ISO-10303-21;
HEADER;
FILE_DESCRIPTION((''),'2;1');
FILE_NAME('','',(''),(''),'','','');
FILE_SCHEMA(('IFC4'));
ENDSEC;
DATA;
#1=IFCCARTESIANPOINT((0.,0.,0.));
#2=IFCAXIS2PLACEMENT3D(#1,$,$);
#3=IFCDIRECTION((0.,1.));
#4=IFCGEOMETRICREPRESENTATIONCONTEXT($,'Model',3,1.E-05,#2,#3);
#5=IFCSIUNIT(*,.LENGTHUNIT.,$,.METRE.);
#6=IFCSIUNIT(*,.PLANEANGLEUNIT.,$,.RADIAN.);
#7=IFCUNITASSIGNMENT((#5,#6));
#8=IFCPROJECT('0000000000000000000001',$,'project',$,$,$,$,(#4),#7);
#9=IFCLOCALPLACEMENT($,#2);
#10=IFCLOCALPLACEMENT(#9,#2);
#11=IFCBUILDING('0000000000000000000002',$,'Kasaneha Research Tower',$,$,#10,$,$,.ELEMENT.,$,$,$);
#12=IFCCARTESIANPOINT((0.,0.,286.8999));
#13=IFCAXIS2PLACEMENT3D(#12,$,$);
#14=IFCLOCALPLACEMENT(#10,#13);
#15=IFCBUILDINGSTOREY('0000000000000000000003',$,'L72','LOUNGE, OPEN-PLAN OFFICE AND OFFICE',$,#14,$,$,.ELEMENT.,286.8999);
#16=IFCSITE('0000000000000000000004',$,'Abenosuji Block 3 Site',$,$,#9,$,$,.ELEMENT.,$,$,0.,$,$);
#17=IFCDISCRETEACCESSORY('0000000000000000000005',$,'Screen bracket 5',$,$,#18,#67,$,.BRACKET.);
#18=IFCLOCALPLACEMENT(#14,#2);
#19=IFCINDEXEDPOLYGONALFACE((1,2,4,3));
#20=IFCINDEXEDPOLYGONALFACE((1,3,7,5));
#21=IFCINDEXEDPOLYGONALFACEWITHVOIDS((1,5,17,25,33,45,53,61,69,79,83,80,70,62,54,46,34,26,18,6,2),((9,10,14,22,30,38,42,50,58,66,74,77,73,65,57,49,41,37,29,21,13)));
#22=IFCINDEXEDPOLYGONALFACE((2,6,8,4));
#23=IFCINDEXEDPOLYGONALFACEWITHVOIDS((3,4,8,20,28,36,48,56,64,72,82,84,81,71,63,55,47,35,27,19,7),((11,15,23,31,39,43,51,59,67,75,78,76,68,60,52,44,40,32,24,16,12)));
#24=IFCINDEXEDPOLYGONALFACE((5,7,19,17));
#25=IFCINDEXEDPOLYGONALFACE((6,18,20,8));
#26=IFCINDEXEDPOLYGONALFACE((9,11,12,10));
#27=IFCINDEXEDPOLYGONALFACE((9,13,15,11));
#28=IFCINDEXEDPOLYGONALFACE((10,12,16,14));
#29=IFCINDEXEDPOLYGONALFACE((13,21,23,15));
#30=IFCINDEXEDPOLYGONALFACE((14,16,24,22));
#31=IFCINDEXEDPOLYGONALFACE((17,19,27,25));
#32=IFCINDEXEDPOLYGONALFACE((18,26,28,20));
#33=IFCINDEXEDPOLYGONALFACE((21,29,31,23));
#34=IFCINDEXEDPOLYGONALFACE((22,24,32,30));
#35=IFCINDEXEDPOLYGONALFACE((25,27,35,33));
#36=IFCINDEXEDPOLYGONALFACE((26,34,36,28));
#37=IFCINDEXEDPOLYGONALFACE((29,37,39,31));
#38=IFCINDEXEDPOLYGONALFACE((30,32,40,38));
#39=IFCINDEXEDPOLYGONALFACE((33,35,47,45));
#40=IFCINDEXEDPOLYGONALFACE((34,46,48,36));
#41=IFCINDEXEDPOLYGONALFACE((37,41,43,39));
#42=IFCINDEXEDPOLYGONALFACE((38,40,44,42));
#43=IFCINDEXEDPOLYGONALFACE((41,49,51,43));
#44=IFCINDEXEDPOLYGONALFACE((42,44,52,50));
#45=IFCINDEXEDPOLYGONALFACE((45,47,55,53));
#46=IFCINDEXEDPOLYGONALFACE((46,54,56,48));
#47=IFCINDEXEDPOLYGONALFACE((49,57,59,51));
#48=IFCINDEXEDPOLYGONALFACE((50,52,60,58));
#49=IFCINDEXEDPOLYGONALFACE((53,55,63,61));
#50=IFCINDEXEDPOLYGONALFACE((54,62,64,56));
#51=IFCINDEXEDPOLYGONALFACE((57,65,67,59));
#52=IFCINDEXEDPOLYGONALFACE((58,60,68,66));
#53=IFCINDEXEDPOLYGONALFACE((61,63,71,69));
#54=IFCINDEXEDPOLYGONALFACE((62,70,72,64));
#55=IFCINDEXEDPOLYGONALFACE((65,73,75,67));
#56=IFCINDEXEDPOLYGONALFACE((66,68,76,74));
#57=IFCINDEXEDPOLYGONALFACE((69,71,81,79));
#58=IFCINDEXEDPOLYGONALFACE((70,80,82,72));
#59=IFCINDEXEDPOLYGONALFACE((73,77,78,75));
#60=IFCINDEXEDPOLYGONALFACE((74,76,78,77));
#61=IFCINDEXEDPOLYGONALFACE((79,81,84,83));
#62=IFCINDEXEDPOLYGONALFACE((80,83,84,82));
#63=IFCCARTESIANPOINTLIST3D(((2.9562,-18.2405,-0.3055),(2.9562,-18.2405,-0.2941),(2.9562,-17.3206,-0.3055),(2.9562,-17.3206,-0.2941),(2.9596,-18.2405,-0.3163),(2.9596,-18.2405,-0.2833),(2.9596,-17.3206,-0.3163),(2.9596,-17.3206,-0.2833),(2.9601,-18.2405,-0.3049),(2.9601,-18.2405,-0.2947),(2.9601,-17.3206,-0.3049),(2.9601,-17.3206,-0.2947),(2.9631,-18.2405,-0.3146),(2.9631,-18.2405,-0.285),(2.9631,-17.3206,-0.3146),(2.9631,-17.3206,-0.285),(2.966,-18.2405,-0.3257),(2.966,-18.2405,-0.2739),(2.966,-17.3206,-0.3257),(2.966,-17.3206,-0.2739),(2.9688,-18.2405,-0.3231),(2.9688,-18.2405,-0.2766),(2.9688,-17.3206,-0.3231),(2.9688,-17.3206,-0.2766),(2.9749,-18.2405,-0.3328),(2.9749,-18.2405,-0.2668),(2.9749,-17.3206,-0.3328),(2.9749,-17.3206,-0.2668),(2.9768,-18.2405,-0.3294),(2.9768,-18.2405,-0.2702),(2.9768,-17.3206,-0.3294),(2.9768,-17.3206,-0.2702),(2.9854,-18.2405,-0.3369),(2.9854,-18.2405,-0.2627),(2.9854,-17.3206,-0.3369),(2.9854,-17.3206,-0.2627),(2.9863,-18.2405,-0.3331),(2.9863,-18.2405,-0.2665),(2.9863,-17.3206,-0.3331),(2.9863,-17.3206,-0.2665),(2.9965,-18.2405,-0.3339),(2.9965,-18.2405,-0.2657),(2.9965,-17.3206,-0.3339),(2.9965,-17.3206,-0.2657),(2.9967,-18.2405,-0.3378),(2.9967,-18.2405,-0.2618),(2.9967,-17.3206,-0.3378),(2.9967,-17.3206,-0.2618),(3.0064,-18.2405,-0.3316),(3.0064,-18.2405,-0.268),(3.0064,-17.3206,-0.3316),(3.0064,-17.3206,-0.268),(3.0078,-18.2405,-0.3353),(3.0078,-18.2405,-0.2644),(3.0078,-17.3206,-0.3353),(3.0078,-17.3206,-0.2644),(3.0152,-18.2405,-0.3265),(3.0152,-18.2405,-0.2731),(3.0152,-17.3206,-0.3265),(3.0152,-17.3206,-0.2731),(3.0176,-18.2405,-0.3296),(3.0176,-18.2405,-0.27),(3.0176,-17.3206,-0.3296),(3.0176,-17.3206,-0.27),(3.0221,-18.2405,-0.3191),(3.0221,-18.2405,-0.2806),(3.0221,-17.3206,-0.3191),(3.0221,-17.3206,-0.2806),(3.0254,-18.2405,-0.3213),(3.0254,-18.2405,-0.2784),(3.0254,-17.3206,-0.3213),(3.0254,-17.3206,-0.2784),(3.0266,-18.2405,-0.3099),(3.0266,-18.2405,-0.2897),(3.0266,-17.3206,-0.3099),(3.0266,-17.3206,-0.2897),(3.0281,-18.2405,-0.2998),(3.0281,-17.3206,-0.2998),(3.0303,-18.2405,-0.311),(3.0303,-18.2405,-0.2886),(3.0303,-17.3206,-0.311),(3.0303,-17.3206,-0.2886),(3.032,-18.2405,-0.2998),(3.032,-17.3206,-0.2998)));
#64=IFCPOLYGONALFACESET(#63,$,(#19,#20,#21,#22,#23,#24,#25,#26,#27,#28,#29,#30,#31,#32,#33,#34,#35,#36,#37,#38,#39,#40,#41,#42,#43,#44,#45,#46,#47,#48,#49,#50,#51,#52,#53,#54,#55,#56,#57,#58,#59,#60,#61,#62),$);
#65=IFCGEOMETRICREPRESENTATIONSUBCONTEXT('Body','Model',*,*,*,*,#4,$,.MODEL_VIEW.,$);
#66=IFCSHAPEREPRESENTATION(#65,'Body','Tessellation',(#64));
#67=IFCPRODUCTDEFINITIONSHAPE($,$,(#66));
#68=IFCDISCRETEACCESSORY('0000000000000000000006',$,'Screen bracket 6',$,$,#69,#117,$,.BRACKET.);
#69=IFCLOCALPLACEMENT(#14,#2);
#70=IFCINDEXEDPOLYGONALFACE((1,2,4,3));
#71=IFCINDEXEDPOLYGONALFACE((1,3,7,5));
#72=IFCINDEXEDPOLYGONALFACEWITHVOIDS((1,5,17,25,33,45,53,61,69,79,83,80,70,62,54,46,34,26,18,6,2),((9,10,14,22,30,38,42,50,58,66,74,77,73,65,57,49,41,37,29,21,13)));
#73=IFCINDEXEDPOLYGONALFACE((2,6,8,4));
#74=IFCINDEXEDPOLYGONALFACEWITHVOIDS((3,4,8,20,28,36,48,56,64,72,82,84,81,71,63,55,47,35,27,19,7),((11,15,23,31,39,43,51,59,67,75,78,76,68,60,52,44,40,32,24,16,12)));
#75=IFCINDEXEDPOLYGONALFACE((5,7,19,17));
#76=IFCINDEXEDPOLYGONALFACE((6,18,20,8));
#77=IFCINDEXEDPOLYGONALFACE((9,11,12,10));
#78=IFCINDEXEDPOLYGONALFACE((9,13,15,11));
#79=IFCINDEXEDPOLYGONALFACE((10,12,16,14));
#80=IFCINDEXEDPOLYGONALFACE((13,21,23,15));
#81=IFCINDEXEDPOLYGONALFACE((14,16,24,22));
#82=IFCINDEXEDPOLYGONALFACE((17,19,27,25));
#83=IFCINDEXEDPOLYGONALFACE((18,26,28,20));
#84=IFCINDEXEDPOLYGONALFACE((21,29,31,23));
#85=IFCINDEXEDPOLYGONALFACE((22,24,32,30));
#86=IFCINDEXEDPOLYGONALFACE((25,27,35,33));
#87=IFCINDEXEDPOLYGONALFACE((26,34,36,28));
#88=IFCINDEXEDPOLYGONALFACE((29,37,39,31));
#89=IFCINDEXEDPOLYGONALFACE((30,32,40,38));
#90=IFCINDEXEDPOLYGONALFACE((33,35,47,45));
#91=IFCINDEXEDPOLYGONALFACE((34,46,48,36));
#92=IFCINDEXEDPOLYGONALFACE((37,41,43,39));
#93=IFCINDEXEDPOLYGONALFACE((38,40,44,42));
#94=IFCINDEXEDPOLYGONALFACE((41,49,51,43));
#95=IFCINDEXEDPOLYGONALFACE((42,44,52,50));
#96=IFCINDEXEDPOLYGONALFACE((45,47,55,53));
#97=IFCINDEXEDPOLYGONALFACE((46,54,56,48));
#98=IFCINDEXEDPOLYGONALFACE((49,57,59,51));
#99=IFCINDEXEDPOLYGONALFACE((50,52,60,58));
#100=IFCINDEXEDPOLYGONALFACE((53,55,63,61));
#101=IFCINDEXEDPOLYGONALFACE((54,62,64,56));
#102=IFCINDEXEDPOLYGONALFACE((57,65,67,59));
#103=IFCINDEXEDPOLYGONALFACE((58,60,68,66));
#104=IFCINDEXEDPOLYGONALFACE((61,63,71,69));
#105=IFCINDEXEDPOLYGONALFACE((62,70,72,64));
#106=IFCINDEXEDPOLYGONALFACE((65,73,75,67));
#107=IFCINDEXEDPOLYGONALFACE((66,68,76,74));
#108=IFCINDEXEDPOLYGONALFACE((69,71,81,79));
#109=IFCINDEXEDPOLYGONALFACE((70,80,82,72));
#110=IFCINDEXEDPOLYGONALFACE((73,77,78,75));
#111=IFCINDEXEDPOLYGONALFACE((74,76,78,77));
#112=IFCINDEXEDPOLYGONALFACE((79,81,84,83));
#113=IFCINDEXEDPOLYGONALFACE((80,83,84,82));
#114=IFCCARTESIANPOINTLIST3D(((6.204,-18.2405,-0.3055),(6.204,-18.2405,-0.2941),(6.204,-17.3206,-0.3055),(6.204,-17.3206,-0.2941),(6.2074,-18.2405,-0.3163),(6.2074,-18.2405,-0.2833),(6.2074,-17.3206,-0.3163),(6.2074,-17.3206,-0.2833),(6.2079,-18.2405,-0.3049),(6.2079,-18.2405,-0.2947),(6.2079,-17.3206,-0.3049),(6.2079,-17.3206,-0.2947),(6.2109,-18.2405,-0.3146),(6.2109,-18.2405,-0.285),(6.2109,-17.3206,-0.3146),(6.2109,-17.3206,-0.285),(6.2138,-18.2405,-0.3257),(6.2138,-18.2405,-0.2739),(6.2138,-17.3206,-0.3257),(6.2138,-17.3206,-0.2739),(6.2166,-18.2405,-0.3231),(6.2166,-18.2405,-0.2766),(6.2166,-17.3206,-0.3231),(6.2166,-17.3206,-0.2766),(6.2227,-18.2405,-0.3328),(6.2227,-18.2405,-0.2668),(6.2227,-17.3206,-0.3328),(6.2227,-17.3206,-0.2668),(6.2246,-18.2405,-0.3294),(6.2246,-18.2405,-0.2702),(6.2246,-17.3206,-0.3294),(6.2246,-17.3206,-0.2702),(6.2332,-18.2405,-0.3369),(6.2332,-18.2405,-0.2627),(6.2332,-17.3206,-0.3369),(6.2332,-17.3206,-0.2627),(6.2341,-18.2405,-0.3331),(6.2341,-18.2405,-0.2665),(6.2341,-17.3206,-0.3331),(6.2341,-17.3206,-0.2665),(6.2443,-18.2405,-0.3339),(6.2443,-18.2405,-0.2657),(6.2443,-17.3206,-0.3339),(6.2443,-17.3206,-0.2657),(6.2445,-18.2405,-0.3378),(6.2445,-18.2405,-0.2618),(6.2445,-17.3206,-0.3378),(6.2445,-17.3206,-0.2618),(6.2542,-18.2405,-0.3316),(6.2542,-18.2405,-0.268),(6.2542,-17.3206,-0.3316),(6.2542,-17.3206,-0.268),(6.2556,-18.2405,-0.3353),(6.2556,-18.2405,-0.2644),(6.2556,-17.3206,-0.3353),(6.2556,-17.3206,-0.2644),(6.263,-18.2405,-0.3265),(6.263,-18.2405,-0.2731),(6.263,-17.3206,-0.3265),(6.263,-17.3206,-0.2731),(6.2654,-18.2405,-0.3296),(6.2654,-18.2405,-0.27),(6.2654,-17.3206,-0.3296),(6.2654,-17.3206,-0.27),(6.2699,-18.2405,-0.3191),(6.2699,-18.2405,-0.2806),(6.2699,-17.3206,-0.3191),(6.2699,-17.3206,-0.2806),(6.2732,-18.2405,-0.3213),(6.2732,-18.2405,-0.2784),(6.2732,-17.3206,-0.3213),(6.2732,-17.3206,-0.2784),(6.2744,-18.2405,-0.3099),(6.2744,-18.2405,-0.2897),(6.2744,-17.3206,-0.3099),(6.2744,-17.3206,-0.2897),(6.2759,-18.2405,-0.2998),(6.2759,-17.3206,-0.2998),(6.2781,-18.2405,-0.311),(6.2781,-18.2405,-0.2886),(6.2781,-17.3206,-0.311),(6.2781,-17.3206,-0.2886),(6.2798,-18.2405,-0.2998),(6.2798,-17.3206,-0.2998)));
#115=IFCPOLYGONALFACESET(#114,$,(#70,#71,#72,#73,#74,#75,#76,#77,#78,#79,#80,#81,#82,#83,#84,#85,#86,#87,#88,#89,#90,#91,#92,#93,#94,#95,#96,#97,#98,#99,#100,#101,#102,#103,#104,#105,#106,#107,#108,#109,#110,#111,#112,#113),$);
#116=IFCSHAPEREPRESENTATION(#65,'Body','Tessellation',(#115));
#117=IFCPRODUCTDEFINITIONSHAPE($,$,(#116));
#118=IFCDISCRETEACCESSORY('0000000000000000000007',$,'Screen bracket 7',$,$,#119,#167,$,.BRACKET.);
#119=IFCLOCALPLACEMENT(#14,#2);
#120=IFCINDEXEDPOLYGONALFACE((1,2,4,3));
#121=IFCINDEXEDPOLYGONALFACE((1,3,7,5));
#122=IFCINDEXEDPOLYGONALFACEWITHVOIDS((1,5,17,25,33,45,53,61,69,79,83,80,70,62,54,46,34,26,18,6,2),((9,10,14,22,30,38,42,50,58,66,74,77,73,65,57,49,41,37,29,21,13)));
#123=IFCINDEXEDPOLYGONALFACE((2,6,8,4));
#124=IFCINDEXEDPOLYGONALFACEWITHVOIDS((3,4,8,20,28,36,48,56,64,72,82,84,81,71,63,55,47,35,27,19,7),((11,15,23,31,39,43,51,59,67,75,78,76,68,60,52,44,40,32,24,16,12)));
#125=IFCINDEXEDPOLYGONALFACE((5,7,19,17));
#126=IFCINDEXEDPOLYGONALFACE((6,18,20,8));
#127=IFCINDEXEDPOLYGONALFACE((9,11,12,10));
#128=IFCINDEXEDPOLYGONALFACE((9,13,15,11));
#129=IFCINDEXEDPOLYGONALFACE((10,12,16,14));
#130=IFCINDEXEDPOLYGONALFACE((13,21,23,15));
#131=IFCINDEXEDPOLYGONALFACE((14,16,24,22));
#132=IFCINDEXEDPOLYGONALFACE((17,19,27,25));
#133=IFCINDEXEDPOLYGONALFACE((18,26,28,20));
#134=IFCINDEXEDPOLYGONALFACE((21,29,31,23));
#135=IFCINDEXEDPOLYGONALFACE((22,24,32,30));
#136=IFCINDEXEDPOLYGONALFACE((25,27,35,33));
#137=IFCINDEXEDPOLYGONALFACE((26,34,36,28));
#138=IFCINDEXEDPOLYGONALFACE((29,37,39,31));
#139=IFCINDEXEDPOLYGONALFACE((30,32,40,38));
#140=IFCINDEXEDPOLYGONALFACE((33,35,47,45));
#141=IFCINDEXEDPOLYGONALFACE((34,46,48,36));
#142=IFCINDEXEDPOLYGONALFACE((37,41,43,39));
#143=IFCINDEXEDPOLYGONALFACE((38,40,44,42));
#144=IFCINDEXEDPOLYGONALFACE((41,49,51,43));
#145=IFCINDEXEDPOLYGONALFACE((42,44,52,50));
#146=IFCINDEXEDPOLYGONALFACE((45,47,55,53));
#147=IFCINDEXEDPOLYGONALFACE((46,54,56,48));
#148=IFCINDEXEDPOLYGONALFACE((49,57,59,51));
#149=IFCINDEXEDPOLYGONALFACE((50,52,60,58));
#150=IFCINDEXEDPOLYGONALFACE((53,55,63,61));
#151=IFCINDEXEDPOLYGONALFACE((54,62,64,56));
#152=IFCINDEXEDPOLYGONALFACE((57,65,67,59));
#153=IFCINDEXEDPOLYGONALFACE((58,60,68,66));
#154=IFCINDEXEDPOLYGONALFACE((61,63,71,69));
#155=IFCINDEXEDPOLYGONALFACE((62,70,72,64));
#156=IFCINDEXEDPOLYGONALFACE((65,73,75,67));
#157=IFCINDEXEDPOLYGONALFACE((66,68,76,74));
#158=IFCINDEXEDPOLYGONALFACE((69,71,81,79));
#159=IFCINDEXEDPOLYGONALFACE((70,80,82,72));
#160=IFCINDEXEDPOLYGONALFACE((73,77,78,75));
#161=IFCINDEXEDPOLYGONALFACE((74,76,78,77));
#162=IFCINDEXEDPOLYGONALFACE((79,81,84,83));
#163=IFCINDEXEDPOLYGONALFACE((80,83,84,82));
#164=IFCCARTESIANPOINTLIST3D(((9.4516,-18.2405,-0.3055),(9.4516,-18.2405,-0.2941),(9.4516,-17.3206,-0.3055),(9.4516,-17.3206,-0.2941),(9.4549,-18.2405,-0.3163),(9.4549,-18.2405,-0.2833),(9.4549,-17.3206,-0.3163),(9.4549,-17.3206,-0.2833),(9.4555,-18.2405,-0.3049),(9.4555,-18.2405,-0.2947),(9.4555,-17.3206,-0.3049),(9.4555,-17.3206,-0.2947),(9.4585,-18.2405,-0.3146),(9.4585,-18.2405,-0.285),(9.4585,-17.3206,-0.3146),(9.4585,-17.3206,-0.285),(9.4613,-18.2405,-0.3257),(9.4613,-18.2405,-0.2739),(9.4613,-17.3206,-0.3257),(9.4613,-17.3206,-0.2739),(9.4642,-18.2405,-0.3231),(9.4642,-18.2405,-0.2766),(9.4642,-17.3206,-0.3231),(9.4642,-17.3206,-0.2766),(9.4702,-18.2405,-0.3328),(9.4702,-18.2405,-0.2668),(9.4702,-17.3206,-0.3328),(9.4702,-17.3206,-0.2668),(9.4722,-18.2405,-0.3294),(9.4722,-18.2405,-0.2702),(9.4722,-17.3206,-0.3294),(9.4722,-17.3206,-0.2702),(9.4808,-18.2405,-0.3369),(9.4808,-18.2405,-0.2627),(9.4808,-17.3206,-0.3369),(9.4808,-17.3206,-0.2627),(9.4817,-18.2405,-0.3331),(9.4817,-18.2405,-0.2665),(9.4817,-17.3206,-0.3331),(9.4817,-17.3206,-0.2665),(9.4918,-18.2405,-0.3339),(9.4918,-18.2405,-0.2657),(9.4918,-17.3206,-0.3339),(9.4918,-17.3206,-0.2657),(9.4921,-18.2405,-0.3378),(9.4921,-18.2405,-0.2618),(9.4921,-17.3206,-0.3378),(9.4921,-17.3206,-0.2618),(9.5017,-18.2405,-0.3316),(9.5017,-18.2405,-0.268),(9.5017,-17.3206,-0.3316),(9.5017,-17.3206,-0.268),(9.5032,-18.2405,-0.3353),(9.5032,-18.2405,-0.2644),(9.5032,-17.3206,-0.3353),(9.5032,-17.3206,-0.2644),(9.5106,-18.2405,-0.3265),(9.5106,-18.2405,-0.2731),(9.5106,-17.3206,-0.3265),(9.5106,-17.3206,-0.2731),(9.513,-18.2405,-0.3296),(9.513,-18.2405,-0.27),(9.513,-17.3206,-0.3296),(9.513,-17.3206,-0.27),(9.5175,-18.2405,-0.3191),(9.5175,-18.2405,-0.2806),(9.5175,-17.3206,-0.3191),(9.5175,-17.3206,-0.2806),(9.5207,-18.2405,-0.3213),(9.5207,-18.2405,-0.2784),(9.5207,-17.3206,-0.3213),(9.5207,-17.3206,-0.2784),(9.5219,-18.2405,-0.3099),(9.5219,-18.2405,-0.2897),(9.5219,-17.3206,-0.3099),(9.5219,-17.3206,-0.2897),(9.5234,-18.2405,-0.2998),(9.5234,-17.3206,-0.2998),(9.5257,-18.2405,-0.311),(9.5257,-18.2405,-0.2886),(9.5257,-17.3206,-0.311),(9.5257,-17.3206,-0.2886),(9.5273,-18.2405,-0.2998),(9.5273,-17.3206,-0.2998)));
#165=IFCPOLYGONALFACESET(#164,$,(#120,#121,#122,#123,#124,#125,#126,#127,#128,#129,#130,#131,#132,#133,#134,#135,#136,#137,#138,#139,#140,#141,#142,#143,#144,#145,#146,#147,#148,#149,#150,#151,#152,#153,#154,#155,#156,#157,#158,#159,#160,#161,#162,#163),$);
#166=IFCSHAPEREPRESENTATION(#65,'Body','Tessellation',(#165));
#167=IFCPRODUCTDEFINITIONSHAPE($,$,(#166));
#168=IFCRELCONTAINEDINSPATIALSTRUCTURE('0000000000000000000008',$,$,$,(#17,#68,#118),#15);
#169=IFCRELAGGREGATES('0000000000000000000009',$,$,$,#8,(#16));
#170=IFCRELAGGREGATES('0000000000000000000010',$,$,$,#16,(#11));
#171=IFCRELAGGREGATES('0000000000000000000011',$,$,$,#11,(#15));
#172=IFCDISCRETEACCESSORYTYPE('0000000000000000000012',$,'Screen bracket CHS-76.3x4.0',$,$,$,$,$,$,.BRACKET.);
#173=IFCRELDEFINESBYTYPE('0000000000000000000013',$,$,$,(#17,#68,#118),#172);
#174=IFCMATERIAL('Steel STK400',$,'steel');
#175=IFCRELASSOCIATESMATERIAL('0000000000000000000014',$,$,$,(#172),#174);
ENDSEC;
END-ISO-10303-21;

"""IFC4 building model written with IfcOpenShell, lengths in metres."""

from ifc_helpers import new_model, si_unit, direction, frame, origin, origin_2d, place, context, subcontext, project, spatial, hollow_circle, extrude, material, material_profile, profile_set, type_object, element, save


model = new_model("IFC4")

# Units and contexts
model_context = context("Model", 3, precision=1e-05, world=origin(), true_north=direction((0.0, 1.0)))
body_context = subcontext(model_context, "Body", "Model", "MODEL_VIEW")
ifc_project = project(units=[si_unit("LENGTHUNIT", "METRE"), si_unit("PLANEANGLEUNIT", "RADIAN")], contexts=[model_context])

# Site, building, storey
site_placement = place(None, origin())
site = spatial("IfcSite", under=ifc_project, at=site_placement, Name="Abenosuji Block 3 Site", CompositionType="ELEMENT", RefElevation=0.0)
building_placement = place(site_placement, origin())
building = spatial("IfcBuilding", under=site, at=building_placement, Name="Kasaneha Research Tower", CompositionType="ELEMENT")
storey_placement = place(building_placement, frame((0.0, 0.0, 286.8999)))
storey = spatial("IfcBuildingStorey", under=building, at=storey_placement, Name="L72", Description="LOUNGE, OPEN-PLAN OFFICE AND OFFICE", CompositionType="ELEMENT", Elevation=286.8999)

# Discrete accessories
ifc_material_1 = material(Name="Steel STK400", Category="steel")
ifc_material_profile_1 = material_profile(ifc_material_1, hollow_circle(Radius=0.0381, WallThickness=0.0039, at=origin_2d()), Name="CHS-76.3x4.0")
ifc_profile_set_1 = profile_set([ifc_material_profile_1], Name="Steel STK400")
discrete_accessory_type = type_object("IfcDiscreteAccessoryType", Name="Screen bracket CHS-76.3x4.0", PredefinedType="BRACKET", material=ifc_profile_set_1)
for number, where, z_axis, x_axis, name in (
    (1, (2.9939, -17.3206, -0.2998), (0.0, -1.0, 0.0), (1.0, 0.0, 0.0), "Screen bracket 5"),
    (2, (6.2417, -17.3206, -0.2998), (0.0, -1.0, 0.0), (1.0, 0.0, 0.0), "Screen bracket 6"),
    (3, (9.4893, -17.3206, -0.2998), (0.0, -1.0, 0.0), (1.0, 0.0, 0.0), "Screen bracket 7"),
):
    element("IfcDiscreteAccessory", number, at=place(storey_placement, frame(where, z_axis=z_axis, x_axis=x_axis)), inside=storey, type_object=discrete_accessory_type, Name=name, PredefinedType="BRACKET", context=body_context, shape_type="SweptSolid", body=[
        extrude(hollow_circle(Radius=0.0381, WallThickness=0.0039, at=origin_2d()), origin(), (0.0, 0.0, 1.0), 0.9199),
    ])

save(model, "model.ifc")
